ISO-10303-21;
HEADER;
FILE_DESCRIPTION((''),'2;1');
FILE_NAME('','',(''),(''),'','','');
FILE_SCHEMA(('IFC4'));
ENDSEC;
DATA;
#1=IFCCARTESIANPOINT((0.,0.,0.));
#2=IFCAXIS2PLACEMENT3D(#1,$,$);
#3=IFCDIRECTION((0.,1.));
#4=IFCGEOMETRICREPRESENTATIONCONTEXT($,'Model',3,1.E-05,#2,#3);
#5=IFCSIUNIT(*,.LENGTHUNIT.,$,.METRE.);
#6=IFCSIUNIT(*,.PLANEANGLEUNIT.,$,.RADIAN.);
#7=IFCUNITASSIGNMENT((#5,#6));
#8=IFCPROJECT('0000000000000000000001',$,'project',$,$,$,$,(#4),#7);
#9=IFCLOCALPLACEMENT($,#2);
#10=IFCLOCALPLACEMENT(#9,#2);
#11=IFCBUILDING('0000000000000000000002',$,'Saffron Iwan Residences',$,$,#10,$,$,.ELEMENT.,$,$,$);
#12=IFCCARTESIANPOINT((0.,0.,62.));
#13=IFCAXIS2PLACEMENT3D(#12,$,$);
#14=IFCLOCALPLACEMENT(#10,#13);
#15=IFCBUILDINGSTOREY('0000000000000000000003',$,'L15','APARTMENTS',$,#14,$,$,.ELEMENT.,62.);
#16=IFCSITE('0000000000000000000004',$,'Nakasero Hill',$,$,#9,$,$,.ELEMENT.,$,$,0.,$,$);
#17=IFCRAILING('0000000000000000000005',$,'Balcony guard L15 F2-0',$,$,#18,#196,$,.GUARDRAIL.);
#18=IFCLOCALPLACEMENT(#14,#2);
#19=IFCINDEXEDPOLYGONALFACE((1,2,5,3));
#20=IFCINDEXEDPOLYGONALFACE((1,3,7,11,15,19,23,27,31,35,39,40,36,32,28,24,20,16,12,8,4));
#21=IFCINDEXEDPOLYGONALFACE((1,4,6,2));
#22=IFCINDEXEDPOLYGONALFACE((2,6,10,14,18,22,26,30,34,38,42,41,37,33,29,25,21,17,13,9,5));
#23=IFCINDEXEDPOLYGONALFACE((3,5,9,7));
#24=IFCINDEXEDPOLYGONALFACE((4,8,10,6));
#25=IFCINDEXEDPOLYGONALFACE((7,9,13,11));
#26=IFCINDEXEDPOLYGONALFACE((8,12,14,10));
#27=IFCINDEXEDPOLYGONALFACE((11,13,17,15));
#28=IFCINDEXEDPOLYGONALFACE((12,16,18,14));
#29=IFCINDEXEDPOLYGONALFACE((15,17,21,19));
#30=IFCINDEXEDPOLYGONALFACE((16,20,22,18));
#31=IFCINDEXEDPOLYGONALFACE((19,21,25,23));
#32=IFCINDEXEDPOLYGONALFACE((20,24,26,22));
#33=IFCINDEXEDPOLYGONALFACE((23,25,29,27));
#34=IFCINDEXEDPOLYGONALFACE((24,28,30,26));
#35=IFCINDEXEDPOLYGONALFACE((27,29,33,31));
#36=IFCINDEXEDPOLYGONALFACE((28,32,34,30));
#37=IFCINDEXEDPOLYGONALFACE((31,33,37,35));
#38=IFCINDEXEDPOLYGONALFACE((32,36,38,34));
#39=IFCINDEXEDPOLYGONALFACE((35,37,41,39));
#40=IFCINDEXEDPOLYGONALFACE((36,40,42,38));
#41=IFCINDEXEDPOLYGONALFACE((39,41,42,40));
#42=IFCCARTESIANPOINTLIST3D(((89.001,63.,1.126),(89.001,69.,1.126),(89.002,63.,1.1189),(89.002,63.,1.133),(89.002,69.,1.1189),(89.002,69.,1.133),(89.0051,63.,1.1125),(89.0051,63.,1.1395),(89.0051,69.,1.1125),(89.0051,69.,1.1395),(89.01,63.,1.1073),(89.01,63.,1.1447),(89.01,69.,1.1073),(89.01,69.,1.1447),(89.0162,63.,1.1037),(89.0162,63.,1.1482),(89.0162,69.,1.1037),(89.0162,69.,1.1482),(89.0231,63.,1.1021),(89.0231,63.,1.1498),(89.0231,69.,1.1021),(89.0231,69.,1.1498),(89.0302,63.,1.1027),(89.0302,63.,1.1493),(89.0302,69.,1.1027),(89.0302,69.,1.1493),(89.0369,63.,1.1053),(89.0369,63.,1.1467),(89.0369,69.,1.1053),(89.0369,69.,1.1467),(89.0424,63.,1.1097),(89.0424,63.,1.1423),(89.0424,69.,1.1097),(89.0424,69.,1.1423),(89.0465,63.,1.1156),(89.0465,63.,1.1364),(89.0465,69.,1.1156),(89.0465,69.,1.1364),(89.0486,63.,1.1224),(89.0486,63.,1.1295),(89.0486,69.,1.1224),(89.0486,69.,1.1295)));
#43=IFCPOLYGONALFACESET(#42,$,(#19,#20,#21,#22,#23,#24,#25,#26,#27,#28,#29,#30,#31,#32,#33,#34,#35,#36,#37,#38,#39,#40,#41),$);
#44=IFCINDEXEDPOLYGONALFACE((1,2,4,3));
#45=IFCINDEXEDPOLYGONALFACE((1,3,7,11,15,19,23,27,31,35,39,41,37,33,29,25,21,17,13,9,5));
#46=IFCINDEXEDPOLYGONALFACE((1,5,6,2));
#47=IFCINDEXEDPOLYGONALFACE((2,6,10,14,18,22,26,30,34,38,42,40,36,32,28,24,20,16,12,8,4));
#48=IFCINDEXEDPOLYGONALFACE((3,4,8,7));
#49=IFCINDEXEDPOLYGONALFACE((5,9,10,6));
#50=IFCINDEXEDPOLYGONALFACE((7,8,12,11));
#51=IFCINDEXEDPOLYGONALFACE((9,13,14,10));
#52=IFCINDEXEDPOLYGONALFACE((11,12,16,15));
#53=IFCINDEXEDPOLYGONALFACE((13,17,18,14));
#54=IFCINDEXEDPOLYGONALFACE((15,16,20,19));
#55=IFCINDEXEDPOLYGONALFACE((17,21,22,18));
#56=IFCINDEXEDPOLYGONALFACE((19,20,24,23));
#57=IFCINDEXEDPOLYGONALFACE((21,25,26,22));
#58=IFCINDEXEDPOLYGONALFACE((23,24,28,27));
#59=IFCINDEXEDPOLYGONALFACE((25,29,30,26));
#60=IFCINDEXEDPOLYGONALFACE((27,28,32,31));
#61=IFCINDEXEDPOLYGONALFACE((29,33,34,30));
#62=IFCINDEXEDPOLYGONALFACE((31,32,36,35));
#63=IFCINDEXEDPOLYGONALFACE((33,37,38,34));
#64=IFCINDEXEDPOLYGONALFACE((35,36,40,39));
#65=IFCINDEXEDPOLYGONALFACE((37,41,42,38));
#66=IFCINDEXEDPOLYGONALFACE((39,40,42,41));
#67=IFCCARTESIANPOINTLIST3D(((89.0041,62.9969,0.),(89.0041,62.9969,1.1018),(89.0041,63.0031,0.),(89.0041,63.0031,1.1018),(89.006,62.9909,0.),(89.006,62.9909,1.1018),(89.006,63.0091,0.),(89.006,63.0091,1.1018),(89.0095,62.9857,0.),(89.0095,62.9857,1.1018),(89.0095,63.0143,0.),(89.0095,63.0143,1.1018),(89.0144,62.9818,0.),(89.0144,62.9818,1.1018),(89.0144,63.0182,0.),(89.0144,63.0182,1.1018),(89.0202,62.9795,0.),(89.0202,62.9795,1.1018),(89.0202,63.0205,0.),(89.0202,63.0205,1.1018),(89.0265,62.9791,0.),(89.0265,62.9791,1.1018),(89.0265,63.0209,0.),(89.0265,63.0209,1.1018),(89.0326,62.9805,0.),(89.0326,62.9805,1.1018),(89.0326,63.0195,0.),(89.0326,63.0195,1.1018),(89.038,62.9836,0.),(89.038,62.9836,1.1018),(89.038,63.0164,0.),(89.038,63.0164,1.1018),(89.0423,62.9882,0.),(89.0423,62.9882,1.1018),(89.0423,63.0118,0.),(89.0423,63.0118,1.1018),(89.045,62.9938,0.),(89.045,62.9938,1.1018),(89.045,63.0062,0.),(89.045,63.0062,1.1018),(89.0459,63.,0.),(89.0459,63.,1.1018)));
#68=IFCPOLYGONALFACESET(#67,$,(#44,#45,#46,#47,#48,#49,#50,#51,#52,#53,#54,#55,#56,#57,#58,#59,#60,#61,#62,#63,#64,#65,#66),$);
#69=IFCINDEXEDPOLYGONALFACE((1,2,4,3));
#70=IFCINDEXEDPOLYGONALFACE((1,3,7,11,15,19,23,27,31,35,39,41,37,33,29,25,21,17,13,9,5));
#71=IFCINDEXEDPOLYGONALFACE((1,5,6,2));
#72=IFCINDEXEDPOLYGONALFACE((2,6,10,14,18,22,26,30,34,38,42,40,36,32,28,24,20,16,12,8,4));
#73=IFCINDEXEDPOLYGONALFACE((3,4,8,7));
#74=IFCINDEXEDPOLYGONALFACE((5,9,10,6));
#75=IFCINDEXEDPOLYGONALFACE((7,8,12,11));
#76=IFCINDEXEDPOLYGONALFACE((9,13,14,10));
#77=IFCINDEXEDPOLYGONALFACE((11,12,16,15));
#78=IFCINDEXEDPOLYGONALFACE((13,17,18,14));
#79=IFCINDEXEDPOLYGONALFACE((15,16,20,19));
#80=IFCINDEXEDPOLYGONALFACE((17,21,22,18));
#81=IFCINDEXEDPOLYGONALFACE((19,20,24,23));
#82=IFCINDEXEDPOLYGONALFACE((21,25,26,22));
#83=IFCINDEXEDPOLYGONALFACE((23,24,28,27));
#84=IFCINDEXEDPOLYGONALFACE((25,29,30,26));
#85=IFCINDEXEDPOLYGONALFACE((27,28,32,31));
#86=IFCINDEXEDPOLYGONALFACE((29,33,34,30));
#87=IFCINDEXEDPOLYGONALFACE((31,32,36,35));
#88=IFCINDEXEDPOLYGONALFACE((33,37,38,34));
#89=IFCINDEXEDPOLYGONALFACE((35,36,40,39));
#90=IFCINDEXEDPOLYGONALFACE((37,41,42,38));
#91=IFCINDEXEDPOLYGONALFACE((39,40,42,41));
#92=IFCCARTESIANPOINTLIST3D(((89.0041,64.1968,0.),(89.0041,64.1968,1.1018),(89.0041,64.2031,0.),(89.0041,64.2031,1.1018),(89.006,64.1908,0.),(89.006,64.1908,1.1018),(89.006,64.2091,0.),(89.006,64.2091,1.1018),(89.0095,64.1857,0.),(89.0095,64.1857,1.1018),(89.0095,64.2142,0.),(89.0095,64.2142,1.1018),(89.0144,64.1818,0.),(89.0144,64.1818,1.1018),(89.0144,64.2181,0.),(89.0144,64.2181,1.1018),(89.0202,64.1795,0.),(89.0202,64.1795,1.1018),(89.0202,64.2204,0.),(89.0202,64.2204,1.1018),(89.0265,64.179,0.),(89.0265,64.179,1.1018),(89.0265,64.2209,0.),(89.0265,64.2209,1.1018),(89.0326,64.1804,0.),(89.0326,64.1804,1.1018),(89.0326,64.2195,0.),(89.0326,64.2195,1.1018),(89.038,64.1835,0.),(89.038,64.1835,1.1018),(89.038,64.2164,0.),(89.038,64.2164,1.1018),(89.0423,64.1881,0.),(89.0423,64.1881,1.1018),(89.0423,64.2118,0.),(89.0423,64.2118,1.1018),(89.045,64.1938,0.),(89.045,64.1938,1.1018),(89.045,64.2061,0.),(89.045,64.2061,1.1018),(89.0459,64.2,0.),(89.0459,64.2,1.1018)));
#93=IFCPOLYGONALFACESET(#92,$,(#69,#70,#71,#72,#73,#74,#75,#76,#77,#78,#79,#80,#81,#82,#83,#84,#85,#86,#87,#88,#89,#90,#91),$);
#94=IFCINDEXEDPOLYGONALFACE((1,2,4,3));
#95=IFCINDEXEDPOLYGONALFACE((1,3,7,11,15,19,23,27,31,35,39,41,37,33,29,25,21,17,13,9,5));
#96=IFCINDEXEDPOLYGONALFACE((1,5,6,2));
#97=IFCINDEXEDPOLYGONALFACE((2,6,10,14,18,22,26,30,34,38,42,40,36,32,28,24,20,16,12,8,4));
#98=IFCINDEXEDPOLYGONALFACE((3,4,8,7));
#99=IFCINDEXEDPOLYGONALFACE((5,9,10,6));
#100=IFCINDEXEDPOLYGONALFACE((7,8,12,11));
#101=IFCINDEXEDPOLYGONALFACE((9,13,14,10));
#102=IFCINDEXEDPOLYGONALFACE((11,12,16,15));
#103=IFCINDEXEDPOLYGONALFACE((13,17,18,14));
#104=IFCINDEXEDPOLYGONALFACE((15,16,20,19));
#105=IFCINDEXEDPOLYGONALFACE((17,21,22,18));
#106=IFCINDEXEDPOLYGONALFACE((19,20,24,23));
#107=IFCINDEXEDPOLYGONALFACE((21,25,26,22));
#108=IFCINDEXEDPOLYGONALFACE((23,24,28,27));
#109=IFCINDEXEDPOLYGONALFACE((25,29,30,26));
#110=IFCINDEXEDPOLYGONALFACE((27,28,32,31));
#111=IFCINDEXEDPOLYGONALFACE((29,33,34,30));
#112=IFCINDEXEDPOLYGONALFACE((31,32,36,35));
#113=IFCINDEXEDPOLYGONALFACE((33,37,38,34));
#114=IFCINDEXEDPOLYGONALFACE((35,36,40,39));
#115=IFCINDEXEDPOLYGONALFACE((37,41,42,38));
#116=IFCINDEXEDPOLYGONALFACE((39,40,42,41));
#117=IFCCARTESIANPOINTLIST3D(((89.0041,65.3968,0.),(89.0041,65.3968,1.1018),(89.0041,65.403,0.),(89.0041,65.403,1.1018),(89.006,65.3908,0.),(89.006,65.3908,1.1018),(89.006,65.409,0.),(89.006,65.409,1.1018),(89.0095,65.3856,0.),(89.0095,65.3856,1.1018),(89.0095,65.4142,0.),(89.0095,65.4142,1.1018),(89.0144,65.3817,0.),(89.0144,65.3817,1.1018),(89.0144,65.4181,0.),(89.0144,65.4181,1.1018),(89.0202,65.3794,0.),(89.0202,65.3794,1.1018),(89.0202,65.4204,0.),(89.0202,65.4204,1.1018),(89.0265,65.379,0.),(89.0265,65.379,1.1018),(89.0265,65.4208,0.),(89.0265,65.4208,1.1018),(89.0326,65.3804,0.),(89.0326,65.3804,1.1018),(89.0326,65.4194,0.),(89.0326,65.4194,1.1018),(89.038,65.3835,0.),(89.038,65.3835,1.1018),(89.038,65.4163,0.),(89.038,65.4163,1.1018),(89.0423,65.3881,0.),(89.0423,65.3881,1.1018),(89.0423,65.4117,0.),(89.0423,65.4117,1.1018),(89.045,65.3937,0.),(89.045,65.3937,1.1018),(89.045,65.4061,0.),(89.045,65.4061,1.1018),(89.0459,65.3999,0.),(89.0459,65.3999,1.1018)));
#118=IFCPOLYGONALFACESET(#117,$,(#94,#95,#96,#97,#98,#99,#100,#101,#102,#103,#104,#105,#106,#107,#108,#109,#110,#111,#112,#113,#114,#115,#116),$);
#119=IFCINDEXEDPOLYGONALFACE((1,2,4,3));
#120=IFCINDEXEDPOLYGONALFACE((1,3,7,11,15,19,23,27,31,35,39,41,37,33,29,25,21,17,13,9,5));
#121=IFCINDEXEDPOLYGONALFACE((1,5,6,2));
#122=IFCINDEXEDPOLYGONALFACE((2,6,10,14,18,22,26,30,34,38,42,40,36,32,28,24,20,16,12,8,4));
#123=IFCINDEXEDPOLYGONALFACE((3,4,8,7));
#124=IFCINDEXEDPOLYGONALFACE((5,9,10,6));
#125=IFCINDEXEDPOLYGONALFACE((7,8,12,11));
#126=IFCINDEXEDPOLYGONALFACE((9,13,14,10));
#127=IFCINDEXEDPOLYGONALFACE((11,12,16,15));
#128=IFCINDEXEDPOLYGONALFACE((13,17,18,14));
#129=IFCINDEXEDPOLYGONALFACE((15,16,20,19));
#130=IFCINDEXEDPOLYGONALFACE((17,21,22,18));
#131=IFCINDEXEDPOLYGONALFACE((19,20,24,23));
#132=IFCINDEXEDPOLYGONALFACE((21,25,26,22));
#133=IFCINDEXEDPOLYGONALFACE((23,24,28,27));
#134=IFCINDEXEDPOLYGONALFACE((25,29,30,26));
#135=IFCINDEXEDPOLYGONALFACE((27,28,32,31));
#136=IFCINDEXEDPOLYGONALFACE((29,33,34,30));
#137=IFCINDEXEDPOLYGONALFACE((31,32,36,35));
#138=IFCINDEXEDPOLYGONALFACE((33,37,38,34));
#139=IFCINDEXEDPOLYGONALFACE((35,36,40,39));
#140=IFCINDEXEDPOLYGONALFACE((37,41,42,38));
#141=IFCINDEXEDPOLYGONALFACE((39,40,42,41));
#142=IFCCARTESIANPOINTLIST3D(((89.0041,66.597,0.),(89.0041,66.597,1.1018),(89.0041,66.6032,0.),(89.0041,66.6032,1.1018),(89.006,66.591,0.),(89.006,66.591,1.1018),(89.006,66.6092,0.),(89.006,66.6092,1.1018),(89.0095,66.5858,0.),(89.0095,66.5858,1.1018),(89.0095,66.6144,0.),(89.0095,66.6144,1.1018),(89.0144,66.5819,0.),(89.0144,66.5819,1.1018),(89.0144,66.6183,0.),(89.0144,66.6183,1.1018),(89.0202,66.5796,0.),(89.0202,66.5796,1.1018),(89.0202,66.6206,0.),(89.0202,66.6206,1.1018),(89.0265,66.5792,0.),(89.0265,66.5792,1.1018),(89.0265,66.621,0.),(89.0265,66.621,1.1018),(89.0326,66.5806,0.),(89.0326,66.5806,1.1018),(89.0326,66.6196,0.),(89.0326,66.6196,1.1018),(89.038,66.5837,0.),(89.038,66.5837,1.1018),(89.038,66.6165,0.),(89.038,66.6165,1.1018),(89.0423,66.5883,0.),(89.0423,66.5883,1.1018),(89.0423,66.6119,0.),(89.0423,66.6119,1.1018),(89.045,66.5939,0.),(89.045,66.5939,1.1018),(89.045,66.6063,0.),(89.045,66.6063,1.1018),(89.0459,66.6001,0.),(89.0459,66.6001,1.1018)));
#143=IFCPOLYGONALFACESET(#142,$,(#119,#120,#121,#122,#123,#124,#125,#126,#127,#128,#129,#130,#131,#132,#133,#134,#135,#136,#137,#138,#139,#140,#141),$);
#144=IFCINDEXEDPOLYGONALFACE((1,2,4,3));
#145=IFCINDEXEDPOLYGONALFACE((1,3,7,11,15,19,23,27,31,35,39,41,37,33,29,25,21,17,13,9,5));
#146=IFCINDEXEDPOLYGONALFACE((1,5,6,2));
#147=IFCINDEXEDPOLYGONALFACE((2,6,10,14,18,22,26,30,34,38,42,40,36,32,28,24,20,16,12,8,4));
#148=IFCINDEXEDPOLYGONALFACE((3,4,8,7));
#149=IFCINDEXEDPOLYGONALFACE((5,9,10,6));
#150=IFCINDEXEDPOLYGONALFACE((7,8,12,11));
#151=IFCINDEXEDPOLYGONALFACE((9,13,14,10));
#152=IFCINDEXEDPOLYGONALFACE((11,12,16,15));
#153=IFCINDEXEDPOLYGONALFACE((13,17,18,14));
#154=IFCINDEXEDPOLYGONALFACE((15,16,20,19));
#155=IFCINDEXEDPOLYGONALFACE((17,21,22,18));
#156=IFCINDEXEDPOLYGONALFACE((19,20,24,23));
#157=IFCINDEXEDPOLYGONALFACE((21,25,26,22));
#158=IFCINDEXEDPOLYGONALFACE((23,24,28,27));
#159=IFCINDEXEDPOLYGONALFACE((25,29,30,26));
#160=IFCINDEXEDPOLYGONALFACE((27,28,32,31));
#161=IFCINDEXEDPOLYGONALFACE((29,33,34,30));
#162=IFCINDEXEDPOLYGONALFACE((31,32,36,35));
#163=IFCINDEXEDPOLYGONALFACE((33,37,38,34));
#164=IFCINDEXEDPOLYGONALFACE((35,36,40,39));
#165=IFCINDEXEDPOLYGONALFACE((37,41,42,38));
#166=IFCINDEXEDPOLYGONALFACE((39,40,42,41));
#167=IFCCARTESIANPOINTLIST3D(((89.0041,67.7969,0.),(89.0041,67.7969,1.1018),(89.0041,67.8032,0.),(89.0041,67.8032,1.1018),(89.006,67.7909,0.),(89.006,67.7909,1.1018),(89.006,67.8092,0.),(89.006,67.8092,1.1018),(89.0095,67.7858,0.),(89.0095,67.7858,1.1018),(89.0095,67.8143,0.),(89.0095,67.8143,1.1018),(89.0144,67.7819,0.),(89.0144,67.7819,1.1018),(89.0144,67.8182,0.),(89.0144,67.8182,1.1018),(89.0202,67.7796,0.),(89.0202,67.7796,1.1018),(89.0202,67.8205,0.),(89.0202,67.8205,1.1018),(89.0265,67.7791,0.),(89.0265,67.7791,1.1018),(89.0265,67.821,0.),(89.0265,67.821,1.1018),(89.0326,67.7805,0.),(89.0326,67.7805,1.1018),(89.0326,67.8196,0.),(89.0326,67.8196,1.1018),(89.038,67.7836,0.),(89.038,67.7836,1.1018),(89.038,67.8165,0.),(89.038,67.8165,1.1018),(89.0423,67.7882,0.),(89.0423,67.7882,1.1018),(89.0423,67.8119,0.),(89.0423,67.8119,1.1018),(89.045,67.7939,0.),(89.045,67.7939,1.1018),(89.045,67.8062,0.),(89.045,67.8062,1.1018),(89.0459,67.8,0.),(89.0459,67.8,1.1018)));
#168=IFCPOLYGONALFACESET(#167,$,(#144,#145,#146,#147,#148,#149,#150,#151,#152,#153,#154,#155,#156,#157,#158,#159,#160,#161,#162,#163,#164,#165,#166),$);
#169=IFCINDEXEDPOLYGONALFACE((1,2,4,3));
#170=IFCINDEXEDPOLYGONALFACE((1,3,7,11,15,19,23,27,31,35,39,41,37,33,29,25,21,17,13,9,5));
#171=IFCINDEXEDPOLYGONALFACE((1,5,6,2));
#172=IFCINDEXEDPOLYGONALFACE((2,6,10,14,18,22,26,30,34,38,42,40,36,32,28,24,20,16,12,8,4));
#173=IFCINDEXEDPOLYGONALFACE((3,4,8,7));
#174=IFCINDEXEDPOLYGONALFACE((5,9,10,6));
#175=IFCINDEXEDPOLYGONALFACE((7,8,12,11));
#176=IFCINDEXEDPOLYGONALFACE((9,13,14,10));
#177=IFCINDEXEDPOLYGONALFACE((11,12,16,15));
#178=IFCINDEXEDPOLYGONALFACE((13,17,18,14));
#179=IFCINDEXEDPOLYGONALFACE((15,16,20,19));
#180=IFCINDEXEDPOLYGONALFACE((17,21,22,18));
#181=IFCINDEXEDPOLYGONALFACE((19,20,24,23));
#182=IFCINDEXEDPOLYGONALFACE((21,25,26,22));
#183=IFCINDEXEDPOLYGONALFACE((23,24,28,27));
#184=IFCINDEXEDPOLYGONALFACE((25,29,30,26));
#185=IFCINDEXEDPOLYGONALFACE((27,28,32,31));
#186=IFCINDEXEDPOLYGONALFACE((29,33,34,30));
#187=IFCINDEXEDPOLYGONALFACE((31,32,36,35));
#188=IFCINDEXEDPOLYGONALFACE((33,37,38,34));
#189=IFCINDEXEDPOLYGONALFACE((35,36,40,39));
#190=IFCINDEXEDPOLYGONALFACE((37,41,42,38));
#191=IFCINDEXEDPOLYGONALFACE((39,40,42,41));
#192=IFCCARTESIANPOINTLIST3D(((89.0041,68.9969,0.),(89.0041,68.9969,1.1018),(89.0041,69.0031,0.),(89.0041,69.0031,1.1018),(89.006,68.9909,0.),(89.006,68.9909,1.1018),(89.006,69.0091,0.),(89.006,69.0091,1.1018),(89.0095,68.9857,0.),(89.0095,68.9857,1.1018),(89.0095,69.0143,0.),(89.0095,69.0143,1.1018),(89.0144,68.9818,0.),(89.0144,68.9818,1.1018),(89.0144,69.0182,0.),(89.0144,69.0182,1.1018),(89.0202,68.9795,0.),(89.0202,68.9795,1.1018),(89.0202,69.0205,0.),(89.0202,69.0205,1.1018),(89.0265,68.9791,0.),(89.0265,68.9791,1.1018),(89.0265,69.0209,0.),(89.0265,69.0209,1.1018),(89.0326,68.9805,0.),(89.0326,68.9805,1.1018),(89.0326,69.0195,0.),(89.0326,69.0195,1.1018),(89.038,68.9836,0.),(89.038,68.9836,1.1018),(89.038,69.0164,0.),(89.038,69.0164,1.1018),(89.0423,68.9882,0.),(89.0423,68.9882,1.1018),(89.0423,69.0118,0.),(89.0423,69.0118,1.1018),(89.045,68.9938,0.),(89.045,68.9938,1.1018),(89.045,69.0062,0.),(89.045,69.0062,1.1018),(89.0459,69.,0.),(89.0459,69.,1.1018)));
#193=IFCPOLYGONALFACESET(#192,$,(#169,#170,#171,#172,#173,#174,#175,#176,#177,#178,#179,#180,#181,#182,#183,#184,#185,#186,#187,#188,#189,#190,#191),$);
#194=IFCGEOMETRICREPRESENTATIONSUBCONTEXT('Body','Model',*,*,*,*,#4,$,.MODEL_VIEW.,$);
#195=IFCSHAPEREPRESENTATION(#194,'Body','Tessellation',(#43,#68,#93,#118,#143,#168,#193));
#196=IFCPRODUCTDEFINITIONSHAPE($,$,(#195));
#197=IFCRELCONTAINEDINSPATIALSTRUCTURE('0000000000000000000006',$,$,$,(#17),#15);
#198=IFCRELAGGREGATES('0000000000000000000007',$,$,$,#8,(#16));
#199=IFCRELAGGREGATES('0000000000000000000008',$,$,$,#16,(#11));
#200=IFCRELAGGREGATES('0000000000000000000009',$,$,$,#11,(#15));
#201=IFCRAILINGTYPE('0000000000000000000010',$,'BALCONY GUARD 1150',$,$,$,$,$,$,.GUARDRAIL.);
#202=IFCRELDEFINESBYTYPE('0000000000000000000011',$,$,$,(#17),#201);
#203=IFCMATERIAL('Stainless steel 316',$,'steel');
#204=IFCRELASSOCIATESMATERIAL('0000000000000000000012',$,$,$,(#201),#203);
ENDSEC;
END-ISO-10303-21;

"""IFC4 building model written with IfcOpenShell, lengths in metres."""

from ifc_helpers import new_model, si_unit, direction, frame, origin, origin_2d, place, context, subcontext, project, spatial, circle, extrude, material, type_object, element, save


model = new_model("IFC4")

# Units and contexts
model_context = context("Model", 3, precision=1e-05, world=origin(), true_north=direction((0.0, 1.0)))
body_context = subcontext(model_context, "Body", "Model", "MODEL_VIEW")
ifc_project = project(units=[si_unit("LENGTHUNIT", "METRE"), si_unit("PLANEANGLEUNIT", "RADIAN")], contexts=[model_context])

# Site, building, storey
site_placement = place(None, origin())
site = spatial("IfcSite", under=ifc_project, at=site_placement, Name="Nakasero Hill", CompositionType="ELEMENT", RefElevation=0.0)
building_placement = place(site_placement, origin())
building = spatial("IfcBuilding", under=site, at=building_placement, Name="Saffron Iwan Residences", CompositionType="ELEMENT")
storey_placement = place(building_placement, frame((0.0, 0.0, 62.0)))
storey = spatial("IfcBuildingStorey", under=building, at=storey_placement, Name="L15", Description="APARTMENTS", CompositionType="ELEMENT", Elevation=62.0)

# Railing
ifc_material_1 = material(Name="Stainless steel 316", Category="steel")
railing_type = type_object("IfcRailingType", Name="BALCONY GUARD 1150", PredefinedType="GUARDRAIL", material=ifc_material_1)
railing_placement = place(storey_placement, frame((89.0249, 63.0, 0.0)))
element("IfcRailing", 1, at=railing_placement, inside=storey, type_object=railing_type, Name="Balcony guard L15 F2-0", PredefinedType="GUARDRAIL", context=body_context, shape_type="SweptSolid", body=[
    extrude(circle(Radius=0.0239, at=origin_2d()), frame((0.0, 0.0, 1.126), z_axis=(0.0, 1.0, 0.0), x_axis=(-1.0, 0.0, 0.0)), (0.0, 0.0, 1.0), 6.0),
    extrude(circle(Radius=0.021, at=origin_2d()), origin(), (0.0, 0.0, 1.0), 1.1018),
    extrude(circle(Radius=0.021, at=origin_2d()), frame((0.0, 1.2, 0.0)), (0.0, 0.0, 1.0), 1.1018),
    extrude(circle(Radius=0.021, at=origin_2d()), frame((0.0, 2.3999, 0.0)), (0.0, 0.0, 1.0), 1.1018),
    extrude(circle(Radius=0.021, at=origin_2d()), frame((0.0, 3.6001, 0.0)), (0.0, 0.0, 1.0), 1.1018),
    extrude(circle(Radius=0.021, at=origin_2d()), frame((0.0, 4.8, 0.0)), (0.0, 0.0, 1.0), 1.1018),
    extrude(circle(Radius=0.021, at=origin_2d()), frame((0.0, 6.0, 0.0)), (0.0, 0.0, 1.0), 1.1018),
])

save(model, "model.ifc")
